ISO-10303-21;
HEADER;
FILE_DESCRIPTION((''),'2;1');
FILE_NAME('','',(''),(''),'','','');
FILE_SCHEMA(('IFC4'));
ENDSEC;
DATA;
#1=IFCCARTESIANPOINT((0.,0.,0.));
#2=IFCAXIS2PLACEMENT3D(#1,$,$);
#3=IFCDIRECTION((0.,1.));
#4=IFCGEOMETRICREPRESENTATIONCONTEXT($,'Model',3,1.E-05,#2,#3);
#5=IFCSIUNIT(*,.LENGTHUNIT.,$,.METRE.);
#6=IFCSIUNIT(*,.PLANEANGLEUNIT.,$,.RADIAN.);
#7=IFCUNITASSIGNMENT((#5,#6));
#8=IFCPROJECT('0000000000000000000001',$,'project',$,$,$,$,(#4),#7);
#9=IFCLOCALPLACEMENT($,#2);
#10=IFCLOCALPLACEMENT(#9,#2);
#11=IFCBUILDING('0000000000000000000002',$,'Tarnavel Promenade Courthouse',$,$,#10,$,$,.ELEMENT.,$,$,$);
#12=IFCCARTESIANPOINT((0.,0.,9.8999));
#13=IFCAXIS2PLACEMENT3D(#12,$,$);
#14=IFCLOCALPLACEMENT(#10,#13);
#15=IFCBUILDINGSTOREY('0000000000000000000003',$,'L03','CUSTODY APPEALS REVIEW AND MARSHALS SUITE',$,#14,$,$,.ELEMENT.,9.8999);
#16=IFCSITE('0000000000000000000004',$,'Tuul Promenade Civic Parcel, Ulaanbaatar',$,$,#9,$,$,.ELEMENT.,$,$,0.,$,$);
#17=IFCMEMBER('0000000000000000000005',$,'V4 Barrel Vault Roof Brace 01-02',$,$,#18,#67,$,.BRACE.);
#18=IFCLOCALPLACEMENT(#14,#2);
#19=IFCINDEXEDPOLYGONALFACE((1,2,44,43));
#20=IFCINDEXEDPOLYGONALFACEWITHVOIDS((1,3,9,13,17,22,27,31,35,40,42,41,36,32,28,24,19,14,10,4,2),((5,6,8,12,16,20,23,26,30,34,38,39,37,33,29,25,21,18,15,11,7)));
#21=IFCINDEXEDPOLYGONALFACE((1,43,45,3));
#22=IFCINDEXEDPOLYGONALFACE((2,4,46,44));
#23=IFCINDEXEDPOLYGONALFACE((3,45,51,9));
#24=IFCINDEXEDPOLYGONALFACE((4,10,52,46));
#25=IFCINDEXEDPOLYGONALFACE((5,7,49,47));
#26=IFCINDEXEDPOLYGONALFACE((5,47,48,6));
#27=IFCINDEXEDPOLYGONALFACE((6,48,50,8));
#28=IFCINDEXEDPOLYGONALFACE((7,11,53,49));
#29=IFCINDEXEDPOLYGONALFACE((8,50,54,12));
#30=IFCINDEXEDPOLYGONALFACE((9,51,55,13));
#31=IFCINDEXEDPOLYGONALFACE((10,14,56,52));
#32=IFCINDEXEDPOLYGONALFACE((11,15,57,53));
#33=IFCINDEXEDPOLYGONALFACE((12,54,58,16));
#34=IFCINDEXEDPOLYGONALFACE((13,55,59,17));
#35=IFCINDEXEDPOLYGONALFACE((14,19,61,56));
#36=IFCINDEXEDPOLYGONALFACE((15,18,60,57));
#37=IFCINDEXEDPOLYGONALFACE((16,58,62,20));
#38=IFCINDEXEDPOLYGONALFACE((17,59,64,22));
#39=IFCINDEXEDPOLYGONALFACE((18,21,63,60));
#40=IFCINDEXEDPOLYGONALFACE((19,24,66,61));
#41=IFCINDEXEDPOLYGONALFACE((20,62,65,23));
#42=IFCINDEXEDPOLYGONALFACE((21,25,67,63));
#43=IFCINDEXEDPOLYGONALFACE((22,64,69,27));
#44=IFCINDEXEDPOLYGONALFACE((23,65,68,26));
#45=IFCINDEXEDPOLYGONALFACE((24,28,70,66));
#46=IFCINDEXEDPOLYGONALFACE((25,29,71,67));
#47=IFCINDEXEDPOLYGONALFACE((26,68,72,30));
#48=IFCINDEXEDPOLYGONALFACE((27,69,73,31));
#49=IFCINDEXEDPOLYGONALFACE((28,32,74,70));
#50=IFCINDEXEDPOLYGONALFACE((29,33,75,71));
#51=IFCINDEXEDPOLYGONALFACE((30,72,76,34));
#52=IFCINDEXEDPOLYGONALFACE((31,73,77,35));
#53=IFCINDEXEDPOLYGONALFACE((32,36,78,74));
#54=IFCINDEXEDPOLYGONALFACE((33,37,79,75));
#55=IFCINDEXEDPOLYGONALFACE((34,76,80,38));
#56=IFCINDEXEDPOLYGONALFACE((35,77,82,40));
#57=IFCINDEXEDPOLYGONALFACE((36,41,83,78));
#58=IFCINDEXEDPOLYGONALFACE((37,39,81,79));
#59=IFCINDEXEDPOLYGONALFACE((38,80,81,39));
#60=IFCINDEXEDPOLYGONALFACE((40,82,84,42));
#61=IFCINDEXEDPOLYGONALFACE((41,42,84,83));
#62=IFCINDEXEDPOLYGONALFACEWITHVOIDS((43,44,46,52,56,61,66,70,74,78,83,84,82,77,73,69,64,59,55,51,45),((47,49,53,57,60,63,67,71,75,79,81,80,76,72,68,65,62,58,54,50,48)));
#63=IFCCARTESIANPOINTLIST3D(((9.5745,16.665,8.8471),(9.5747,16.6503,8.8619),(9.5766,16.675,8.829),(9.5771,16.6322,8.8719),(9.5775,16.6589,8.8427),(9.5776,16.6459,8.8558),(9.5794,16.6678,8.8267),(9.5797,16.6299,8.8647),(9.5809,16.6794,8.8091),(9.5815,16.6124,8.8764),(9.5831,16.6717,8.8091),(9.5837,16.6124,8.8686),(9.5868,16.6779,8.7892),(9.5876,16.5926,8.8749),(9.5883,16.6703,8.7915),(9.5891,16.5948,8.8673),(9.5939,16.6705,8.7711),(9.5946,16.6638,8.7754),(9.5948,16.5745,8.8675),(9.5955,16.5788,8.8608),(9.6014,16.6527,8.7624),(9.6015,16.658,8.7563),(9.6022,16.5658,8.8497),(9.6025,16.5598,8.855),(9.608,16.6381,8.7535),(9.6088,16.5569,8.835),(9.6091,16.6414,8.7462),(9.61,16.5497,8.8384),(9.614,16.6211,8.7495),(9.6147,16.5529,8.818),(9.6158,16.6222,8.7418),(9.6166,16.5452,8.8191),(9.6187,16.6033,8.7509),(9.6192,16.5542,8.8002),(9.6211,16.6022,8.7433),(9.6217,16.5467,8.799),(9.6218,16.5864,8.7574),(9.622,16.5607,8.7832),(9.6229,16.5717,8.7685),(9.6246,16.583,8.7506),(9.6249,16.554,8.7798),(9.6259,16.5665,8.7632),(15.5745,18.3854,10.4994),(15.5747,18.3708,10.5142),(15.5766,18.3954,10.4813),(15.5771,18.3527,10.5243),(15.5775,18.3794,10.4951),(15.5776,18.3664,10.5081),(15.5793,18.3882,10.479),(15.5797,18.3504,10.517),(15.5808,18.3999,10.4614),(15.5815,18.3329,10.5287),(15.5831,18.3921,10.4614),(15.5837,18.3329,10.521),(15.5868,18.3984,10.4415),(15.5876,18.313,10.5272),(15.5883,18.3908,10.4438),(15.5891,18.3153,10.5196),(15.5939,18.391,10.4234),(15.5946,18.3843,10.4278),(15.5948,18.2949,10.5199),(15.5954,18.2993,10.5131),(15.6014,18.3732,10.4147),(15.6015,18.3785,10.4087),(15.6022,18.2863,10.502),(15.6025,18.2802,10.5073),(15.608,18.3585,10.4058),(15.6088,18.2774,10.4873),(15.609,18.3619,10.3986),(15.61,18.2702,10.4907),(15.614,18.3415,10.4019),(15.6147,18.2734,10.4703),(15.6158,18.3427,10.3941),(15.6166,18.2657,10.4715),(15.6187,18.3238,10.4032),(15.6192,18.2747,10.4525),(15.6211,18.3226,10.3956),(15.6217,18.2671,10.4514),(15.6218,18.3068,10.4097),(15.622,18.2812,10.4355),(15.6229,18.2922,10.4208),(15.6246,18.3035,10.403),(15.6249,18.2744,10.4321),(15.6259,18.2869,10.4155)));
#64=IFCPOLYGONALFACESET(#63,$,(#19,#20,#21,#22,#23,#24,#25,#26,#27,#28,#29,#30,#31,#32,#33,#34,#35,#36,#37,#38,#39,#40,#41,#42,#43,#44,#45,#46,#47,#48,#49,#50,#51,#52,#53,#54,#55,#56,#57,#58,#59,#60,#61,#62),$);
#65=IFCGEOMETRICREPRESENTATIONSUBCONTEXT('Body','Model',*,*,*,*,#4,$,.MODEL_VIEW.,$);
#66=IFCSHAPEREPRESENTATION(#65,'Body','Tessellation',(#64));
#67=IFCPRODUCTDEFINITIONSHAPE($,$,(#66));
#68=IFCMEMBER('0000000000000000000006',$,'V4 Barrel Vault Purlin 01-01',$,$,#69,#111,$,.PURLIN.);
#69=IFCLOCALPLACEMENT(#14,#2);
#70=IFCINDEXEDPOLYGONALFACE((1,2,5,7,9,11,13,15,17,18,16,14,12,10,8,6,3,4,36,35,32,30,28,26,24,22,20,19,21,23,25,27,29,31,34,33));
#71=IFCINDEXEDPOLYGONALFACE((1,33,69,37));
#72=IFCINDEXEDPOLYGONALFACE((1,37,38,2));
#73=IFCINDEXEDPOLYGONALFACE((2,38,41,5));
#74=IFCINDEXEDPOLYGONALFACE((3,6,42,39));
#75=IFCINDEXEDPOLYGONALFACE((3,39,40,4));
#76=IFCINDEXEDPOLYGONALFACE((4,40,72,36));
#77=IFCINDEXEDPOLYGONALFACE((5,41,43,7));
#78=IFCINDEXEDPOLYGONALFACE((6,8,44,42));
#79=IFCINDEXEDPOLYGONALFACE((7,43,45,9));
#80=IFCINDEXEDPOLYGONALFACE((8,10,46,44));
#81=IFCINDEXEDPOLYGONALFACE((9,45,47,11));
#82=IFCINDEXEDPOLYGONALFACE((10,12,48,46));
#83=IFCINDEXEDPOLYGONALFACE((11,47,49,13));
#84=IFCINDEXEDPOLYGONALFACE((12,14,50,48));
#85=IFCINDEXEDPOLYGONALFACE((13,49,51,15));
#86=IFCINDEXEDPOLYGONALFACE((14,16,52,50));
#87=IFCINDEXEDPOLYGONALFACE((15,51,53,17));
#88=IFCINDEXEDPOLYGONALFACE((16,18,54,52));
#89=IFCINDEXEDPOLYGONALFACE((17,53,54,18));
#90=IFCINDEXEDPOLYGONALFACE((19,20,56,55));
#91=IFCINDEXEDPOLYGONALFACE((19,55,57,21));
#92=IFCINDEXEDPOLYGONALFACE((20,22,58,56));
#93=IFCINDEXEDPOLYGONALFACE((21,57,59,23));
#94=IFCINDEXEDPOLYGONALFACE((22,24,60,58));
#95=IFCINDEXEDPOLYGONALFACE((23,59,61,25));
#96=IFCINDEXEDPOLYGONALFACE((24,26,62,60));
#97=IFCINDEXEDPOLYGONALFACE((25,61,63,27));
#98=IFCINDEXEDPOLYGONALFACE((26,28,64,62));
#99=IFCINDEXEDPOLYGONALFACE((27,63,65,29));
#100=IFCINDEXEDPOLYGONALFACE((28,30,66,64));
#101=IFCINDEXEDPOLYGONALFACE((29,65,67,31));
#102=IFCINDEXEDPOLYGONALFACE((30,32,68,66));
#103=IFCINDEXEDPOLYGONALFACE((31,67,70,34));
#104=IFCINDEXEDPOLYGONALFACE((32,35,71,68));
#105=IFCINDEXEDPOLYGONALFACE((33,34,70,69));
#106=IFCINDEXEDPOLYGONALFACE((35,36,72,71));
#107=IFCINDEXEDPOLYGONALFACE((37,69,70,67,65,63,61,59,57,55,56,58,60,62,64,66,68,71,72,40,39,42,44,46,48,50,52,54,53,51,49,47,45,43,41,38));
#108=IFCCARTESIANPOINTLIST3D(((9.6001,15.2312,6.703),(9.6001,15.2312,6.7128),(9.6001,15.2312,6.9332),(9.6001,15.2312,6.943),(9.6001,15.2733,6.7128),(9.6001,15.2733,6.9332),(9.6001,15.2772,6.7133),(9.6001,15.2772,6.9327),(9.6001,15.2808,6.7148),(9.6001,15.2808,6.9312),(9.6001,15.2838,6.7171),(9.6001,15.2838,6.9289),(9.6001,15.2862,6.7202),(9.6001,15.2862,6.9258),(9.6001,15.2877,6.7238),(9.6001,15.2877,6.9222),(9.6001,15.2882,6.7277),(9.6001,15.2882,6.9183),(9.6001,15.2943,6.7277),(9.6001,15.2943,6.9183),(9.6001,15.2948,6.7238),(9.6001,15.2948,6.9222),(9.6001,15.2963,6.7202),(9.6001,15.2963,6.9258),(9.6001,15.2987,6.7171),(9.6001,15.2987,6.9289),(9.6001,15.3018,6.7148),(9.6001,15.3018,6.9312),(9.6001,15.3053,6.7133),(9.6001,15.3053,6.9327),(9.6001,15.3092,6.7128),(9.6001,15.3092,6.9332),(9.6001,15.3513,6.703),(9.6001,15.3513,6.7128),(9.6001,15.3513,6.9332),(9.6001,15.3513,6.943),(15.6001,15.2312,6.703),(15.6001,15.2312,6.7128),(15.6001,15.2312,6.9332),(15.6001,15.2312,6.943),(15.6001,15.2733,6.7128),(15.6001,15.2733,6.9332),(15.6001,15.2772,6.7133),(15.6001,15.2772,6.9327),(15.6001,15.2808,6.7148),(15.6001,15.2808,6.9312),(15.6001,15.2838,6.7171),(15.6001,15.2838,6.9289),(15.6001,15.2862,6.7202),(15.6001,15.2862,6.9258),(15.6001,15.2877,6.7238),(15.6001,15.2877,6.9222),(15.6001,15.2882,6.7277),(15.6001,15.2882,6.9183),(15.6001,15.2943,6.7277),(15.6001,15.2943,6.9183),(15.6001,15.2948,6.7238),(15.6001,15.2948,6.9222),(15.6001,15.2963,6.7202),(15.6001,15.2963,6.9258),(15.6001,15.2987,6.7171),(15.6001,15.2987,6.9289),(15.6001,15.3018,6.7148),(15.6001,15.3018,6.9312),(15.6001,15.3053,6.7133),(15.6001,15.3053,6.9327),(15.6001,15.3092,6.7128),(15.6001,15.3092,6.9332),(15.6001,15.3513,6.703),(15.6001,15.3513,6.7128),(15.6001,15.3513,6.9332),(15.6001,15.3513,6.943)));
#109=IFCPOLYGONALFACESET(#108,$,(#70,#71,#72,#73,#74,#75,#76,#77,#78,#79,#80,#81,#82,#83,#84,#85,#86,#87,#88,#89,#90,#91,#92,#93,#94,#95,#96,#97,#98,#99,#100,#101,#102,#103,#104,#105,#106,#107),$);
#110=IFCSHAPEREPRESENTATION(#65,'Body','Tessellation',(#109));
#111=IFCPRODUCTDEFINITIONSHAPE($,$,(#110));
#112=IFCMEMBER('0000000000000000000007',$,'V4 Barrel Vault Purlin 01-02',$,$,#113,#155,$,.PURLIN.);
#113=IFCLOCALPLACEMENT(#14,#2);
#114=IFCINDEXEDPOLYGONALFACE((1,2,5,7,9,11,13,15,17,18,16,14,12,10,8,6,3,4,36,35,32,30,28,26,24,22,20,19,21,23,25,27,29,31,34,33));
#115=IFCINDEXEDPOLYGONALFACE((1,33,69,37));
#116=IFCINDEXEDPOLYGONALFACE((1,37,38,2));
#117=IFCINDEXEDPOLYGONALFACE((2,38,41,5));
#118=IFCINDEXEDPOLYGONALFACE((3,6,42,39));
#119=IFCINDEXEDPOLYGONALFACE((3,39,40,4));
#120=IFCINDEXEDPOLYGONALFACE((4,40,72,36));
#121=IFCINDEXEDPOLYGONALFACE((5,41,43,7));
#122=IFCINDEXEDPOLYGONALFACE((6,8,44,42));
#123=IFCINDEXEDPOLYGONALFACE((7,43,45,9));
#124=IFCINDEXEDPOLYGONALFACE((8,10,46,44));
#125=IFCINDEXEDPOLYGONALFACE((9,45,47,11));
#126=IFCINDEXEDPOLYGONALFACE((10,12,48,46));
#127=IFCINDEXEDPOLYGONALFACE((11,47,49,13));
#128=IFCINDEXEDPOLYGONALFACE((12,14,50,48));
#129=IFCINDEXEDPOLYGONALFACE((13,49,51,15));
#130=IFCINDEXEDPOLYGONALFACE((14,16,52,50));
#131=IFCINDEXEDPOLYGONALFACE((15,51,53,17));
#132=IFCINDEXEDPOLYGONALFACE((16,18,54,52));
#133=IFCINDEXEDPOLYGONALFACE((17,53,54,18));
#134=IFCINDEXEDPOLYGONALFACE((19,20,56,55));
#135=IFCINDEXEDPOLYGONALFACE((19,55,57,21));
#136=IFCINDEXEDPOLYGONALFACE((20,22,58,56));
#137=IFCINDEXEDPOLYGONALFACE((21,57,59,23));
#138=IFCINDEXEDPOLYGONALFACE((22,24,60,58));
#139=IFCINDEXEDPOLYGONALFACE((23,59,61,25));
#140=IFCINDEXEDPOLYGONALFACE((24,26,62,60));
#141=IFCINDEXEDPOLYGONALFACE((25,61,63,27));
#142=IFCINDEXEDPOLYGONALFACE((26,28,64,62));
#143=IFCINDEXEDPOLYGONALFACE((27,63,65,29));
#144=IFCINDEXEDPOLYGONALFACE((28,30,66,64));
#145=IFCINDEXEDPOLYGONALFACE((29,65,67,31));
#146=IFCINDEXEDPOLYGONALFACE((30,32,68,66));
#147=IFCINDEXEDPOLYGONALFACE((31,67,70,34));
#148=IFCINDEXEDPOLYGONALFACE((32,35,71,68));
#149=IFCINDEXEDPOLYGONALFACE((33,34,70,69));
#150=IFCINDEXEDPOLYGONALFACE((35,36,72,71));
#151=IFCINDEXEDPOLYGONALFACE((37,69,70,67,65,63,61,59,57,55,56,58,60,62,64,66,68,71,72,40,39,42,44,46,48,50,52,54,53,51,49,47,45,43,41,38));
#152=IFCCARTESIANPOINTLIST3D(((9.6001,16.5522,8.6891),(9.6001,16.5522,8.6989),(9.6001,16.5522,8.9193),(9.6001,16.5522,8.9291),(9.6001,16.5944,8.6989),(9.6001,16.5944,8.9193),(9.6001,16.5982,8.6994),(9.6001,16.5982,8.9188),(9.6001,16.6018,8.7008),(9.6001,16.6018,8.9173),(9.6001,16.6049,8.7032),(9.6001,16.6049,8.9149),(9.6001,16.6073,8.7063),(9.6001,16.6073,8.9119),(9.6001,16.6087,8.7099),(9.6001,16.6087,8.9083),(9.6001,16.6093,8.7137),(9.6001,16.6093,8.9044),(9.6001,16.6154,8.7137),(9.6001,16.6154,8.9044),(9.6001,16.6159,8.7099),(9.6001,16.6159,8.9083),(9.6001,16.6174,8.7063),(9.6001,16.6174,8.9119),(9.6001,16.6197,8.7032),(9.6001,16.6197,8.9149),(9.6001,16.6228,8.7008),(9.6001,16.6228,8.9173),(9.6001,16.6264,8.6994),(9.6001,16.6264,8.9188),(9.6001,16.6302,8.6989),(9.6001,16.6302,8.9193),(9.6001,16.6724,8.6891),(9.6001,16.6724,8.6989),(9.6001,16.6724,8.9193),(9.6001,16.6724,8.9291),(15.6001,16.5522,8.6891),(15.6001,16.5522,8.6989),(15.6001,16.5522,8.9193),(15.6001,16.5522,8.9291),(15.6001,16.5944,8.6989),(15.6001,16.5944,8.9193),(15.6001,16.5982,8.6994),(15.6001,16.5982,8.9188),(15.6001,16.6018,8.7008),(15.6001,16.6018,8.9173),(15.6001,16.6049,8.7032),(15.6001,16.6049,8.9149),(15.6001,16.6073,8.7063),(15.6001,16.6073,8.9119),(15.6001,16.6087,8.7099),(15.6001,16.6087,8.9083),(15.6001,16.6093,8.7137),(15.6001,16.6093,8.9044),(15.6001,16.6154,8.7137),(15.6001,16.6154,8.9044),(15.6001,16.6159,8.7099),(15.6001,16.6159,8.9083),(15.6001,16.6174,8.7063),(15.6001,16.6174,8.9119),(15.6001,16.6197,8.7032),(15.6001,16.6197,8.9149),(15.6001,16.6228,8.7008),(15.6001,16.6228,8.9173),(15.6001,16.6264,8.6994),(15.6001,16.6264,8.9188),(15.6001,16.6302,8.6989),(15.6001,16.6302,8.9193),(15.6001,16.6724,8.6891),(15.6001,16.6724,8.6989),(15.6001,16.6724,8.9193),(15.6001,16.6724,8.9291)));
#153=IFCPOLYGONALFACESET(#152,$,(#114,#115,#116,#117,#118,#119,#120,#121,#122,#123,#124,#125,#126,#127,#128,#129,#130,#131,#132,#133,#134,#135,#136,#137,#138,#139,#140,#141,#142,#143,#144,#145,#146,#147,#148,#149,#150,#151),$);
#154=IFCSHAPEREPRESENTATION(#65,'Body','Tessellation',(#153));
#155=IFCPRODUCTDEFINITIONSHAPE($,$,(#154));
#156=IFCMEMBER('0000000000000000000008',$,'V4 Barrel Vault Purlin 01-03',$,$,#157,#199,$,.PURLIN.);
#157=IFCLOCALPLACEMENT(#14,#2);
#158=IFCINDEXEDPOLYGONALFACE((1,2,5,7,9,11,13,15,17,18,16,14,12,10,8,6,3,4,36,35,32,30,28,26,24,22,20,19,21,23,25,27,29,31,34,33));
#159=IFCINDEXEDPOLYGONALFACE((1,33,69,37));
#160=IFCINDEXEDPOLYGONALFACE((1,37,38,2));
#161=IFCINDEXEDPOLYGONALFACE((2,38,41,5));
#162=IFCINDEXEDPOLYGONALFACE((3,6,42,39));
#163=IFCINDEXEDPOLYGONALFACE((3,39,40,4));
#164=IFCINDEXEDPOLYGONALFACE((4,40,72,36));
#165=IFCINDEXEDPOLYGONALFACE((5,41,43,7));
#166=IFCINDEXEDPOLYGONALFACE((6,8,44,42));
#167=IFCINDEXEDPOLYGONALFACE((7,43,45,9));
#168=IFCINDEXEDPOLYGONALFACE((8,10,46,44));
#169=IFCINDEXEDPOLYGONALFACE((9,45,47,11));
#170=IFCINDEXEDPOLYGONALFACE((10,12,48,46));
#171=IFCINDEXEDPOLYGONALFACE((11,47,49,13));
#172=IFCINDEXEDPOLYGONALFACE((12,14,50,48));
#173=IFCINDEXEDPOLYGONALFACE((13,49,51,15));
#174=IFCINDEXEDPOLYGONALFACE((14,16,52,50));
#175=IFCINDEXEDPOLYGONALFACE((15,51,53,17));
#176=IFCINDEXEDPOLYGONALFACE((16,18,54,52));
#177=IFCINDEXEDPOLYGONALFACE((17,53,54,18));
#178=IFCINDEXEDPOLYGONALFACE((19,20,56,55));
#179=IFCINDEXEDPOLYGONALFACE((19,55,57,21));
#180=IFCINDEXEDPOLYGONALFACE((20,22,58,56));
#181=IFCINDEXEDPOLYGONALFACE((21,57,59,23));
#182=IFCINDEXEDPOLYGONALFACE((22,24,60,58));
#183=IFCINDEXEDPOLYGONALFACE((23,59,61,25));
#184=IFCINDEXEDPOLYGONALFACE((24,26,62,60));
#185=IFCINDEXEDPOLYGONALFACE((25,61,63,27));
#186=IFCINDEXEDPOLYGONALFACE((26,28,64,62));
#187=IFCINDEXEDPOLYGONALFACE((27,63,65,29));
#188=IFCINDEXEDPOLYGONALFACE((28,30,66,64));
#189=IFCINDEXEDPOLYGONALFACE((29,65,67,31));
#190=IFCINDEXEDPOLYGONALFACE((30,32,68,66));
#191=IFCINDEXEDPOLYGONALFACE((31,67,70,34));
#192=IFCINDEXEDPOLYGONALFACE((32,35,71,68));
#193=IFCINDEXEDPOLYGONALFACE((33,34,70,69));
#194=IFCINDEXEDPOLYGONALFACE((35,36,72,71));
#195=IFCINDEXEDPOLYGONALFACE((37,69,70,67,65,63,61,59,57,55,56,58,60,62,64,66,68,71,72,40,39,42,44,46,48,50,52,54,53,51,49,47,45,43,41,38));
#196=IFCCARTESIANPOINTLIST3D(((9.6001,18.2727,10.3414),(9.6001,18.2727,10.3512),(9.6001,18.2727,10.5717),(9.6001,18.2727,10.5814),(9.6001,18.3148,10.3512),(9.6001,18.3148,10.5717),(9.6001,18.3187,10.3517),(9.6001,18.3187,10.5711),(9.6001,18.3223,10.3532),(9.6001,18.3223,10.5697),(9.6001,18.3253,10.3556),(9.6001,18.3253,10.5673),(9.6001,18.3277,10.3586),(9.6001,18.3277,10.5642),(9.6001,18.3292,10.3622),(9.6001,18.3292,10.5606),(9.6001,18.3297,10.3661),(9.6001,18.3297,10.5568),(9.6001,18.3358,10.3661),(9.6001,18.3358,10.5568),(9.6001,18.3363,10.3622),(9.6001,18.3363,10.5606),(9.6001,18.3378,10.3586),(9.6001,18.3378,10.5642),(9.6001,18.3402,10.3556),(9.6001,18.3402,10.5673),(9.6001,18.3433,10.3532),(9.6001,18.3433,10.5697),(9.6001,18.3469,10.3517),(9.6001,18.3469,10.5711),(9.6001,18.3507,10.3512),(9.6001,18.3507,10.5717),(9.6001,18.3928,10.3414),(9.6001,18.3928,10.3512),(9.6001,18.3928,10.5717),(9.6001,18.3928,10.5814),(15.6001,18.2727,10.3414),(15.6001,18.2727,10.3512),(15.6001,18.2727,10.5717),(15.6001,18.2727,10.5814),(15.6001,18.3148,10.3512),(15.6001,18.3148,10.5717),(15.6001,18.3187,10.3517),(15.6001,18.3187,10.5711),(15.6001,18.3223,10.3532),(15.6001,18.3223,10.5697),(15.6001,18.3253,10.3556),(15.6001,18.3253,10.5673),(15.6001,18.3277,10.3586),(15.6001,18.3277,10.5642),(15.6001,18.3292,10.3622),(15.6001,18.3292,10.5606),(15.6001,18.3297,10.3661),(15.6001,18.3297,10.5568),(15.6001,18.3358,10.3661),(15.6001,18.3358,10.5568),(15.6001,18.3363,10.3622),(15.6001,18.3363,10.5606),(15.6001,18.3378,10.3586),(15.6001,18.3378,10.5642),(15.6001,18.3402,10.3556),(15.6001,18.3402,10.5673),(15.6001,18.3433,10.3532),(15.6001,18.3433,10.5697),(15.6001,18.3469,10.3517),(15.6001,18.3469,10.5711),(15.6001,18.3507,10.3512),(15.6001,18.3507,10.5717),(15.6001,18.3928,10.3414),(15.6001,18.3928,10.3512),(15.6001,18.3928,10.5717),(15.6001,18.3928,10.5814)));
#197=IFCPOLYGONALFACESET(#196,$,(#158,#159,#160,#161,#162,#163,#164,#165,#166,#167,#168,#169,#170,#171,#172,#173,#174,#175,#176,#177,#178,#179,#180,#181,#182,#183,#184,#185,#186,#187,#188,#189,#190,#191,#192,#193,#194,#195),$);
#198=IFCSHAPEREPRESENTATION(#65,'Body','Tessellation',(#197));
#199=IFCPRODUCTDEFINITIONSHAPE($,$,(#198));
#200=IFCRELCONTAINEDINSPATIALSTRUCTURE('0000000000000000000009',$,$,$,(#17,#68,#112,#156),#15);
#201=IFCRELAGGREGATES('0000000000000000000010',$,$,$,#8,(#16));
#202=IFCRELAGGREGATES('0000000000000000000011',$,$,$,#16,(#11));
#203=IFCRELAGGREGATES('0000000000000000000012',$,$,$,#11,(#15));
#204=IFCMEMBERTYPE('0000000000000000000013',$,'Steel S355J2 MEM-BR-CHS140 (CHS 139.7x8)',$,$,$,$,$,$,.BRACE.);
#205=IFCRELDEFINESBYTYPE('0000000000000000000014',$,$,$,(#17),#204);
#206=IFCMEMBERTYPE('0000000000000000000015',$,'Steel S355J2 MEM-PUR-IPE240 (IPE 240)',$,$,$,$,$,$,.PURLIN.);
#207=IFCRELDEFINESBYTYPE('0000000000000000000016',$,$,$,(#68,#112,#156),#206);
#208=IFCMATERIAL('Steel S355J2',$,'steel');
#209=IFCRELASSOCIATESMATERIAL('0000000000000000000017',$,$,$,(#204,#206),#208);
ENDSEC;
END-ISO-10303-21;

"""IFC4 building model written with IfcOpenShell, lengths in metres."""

from ifc_helpers import new_model, si_unit, direction, frame, origin, origin_2d, place, context, subcontext, project, spatial, hollow_circle, i_section, extrude, material, material_profile, profile_set, type_object, element, save


model = new_model("IFC4")

# Units and contexts
model_context = context("Model", 3, precision=1e-05, world=origin(), true_north=direction((0.0, 1.0)))
body_context = subcontext(model_context, "Body", "Model", "MODEL_VIEW")
ifc_project = project(units=[si_unit("LENGTHUNIT", "METRE"), si_unit("PLANEANGLEUNIT", "RADIAN")], contexts=[model_context])

# Site, building, storey
site_placement = place(None, origin())
site = spatial("IfcSite", under=ifc_project, at=site_placement, Name="Tuul Promenade Civic Parcel, Ulaanbaatar", CompositionType="ELEMENT", RefElevation=0.0)
building_placement = place(site_placement, origin())
building = spatial("IfcBuilding", under=site, at=building_placement, Name="Tarnavel Promenade Courthouse", CompositionType="ELEMENT")
storey_placement = place(building_placement, frame((0.0, 0.0, 9.8999)))
storey = spatial("IfcBuildingStorey", under=building, at=storey_placement, Name="L03", Description="CUSTODY APPEALS REVIEW AND MARSHALS SUITE", CompositionType="ELEMENT", Elevation=9.8999)

# Shared definitions
ifc_material_1 = material(Name="Steel S355J2", Category="steel")

# Members
ifc_material_profile_1 = material_profile(ifc_material_1, hollow_circle(Radius=0.0698, WallThickness=0.0081, at=origin_2d()), Name="CHS 139.7x8")
ifc_profile_set_1 = profile_set([ifc_material_profile_1], Name="Steel S355J2")
member_type_1 = type_object("IfcMemberType", Name="Steel S355J2 MEM-BR-CHS140 (CHS 139.7x8)", PredefinedType="BRACE", material=ifc_profile_set_1)
member_1_placement = place(storey_placement, frame((9.6001, 16.6123, 8.8091), z_axis=(0.929253, 0.266457, 0.255908), x_axis=(-0.275635, 0.961262, 0.0)))
element("IfcMember", 1, at=member_1_placement, inside=storey, type_object=member_type_1, Name="V4 Barrel Vault Roof Brace 01-02", PredefinedType="BRACE", context=body_context, shape_type="SweptSolid", body=[
    extrude(hollow_circle(Radius=0.0698, WallThickness=0.0081, at=origin_2d()), origin(), (0.0, 0.0, 1.0), 6.4568),
])
ifc_material_profile_2 = material_profile(ifc_material_1, i_section(OverallWidth=0.1201, OverallDepth=0.24, WebThickness=0.0061, FlangeThickness=0.0098, FilletRadius=0.0149, at=origin_2d()), Name="IPE 240")
ifc_profile_set_2 = profile_set([ifc_material_profile_2], Name="Steel S355J2")
member_type_2 = type_object("IfcMemberType", Name="Steel S355J2 MEM-PUR-IPE240 (IPE 240)", PredefinedType="PURLIN", material=ifc_profile_set_2)
for number, where, z_axis, x_axis, name in (
    (2, (9.6001, 15.2913, 6.823), (1.0, 0.0, 0.0), (0.0, 1.0, 0.0), "V4 Barrel Vault Purlin 01-01"),
    (3, (9.6001, 16.6123, 8.8091), (1.0, 0.0, 0.0), (0.0, 1.0, 0.0), "V4 Barrel Vault Purlin 01-02"),
    (4, (9.6001, 18.3328, 10.4614), (1.0, 0.0, 0.0), (0.0, 1.0, 0.0), "V4 Barrel Vault Purlin 01-03"),
):
    element("IfcMember", number, at=place(storey_placement, frame(where, z_axis=z_axis, x_axis=x_axis)), inside=storey, type_object=member_type_2, Name=name, PredefinedType="PURLIN", context=body_context, shape_type="SweptSolid", body=[
        extrude(i_section(OverallWidth=0.1201, OverallDepth=0.24, WebThickness=0.0061, FlangeThickness=0.0098, FilletRadius=0.0149, at=origin_2d()), origin(), (0.0, 0.0, 1.0), 6.0),
    ])

save(model, "model.ifc")
